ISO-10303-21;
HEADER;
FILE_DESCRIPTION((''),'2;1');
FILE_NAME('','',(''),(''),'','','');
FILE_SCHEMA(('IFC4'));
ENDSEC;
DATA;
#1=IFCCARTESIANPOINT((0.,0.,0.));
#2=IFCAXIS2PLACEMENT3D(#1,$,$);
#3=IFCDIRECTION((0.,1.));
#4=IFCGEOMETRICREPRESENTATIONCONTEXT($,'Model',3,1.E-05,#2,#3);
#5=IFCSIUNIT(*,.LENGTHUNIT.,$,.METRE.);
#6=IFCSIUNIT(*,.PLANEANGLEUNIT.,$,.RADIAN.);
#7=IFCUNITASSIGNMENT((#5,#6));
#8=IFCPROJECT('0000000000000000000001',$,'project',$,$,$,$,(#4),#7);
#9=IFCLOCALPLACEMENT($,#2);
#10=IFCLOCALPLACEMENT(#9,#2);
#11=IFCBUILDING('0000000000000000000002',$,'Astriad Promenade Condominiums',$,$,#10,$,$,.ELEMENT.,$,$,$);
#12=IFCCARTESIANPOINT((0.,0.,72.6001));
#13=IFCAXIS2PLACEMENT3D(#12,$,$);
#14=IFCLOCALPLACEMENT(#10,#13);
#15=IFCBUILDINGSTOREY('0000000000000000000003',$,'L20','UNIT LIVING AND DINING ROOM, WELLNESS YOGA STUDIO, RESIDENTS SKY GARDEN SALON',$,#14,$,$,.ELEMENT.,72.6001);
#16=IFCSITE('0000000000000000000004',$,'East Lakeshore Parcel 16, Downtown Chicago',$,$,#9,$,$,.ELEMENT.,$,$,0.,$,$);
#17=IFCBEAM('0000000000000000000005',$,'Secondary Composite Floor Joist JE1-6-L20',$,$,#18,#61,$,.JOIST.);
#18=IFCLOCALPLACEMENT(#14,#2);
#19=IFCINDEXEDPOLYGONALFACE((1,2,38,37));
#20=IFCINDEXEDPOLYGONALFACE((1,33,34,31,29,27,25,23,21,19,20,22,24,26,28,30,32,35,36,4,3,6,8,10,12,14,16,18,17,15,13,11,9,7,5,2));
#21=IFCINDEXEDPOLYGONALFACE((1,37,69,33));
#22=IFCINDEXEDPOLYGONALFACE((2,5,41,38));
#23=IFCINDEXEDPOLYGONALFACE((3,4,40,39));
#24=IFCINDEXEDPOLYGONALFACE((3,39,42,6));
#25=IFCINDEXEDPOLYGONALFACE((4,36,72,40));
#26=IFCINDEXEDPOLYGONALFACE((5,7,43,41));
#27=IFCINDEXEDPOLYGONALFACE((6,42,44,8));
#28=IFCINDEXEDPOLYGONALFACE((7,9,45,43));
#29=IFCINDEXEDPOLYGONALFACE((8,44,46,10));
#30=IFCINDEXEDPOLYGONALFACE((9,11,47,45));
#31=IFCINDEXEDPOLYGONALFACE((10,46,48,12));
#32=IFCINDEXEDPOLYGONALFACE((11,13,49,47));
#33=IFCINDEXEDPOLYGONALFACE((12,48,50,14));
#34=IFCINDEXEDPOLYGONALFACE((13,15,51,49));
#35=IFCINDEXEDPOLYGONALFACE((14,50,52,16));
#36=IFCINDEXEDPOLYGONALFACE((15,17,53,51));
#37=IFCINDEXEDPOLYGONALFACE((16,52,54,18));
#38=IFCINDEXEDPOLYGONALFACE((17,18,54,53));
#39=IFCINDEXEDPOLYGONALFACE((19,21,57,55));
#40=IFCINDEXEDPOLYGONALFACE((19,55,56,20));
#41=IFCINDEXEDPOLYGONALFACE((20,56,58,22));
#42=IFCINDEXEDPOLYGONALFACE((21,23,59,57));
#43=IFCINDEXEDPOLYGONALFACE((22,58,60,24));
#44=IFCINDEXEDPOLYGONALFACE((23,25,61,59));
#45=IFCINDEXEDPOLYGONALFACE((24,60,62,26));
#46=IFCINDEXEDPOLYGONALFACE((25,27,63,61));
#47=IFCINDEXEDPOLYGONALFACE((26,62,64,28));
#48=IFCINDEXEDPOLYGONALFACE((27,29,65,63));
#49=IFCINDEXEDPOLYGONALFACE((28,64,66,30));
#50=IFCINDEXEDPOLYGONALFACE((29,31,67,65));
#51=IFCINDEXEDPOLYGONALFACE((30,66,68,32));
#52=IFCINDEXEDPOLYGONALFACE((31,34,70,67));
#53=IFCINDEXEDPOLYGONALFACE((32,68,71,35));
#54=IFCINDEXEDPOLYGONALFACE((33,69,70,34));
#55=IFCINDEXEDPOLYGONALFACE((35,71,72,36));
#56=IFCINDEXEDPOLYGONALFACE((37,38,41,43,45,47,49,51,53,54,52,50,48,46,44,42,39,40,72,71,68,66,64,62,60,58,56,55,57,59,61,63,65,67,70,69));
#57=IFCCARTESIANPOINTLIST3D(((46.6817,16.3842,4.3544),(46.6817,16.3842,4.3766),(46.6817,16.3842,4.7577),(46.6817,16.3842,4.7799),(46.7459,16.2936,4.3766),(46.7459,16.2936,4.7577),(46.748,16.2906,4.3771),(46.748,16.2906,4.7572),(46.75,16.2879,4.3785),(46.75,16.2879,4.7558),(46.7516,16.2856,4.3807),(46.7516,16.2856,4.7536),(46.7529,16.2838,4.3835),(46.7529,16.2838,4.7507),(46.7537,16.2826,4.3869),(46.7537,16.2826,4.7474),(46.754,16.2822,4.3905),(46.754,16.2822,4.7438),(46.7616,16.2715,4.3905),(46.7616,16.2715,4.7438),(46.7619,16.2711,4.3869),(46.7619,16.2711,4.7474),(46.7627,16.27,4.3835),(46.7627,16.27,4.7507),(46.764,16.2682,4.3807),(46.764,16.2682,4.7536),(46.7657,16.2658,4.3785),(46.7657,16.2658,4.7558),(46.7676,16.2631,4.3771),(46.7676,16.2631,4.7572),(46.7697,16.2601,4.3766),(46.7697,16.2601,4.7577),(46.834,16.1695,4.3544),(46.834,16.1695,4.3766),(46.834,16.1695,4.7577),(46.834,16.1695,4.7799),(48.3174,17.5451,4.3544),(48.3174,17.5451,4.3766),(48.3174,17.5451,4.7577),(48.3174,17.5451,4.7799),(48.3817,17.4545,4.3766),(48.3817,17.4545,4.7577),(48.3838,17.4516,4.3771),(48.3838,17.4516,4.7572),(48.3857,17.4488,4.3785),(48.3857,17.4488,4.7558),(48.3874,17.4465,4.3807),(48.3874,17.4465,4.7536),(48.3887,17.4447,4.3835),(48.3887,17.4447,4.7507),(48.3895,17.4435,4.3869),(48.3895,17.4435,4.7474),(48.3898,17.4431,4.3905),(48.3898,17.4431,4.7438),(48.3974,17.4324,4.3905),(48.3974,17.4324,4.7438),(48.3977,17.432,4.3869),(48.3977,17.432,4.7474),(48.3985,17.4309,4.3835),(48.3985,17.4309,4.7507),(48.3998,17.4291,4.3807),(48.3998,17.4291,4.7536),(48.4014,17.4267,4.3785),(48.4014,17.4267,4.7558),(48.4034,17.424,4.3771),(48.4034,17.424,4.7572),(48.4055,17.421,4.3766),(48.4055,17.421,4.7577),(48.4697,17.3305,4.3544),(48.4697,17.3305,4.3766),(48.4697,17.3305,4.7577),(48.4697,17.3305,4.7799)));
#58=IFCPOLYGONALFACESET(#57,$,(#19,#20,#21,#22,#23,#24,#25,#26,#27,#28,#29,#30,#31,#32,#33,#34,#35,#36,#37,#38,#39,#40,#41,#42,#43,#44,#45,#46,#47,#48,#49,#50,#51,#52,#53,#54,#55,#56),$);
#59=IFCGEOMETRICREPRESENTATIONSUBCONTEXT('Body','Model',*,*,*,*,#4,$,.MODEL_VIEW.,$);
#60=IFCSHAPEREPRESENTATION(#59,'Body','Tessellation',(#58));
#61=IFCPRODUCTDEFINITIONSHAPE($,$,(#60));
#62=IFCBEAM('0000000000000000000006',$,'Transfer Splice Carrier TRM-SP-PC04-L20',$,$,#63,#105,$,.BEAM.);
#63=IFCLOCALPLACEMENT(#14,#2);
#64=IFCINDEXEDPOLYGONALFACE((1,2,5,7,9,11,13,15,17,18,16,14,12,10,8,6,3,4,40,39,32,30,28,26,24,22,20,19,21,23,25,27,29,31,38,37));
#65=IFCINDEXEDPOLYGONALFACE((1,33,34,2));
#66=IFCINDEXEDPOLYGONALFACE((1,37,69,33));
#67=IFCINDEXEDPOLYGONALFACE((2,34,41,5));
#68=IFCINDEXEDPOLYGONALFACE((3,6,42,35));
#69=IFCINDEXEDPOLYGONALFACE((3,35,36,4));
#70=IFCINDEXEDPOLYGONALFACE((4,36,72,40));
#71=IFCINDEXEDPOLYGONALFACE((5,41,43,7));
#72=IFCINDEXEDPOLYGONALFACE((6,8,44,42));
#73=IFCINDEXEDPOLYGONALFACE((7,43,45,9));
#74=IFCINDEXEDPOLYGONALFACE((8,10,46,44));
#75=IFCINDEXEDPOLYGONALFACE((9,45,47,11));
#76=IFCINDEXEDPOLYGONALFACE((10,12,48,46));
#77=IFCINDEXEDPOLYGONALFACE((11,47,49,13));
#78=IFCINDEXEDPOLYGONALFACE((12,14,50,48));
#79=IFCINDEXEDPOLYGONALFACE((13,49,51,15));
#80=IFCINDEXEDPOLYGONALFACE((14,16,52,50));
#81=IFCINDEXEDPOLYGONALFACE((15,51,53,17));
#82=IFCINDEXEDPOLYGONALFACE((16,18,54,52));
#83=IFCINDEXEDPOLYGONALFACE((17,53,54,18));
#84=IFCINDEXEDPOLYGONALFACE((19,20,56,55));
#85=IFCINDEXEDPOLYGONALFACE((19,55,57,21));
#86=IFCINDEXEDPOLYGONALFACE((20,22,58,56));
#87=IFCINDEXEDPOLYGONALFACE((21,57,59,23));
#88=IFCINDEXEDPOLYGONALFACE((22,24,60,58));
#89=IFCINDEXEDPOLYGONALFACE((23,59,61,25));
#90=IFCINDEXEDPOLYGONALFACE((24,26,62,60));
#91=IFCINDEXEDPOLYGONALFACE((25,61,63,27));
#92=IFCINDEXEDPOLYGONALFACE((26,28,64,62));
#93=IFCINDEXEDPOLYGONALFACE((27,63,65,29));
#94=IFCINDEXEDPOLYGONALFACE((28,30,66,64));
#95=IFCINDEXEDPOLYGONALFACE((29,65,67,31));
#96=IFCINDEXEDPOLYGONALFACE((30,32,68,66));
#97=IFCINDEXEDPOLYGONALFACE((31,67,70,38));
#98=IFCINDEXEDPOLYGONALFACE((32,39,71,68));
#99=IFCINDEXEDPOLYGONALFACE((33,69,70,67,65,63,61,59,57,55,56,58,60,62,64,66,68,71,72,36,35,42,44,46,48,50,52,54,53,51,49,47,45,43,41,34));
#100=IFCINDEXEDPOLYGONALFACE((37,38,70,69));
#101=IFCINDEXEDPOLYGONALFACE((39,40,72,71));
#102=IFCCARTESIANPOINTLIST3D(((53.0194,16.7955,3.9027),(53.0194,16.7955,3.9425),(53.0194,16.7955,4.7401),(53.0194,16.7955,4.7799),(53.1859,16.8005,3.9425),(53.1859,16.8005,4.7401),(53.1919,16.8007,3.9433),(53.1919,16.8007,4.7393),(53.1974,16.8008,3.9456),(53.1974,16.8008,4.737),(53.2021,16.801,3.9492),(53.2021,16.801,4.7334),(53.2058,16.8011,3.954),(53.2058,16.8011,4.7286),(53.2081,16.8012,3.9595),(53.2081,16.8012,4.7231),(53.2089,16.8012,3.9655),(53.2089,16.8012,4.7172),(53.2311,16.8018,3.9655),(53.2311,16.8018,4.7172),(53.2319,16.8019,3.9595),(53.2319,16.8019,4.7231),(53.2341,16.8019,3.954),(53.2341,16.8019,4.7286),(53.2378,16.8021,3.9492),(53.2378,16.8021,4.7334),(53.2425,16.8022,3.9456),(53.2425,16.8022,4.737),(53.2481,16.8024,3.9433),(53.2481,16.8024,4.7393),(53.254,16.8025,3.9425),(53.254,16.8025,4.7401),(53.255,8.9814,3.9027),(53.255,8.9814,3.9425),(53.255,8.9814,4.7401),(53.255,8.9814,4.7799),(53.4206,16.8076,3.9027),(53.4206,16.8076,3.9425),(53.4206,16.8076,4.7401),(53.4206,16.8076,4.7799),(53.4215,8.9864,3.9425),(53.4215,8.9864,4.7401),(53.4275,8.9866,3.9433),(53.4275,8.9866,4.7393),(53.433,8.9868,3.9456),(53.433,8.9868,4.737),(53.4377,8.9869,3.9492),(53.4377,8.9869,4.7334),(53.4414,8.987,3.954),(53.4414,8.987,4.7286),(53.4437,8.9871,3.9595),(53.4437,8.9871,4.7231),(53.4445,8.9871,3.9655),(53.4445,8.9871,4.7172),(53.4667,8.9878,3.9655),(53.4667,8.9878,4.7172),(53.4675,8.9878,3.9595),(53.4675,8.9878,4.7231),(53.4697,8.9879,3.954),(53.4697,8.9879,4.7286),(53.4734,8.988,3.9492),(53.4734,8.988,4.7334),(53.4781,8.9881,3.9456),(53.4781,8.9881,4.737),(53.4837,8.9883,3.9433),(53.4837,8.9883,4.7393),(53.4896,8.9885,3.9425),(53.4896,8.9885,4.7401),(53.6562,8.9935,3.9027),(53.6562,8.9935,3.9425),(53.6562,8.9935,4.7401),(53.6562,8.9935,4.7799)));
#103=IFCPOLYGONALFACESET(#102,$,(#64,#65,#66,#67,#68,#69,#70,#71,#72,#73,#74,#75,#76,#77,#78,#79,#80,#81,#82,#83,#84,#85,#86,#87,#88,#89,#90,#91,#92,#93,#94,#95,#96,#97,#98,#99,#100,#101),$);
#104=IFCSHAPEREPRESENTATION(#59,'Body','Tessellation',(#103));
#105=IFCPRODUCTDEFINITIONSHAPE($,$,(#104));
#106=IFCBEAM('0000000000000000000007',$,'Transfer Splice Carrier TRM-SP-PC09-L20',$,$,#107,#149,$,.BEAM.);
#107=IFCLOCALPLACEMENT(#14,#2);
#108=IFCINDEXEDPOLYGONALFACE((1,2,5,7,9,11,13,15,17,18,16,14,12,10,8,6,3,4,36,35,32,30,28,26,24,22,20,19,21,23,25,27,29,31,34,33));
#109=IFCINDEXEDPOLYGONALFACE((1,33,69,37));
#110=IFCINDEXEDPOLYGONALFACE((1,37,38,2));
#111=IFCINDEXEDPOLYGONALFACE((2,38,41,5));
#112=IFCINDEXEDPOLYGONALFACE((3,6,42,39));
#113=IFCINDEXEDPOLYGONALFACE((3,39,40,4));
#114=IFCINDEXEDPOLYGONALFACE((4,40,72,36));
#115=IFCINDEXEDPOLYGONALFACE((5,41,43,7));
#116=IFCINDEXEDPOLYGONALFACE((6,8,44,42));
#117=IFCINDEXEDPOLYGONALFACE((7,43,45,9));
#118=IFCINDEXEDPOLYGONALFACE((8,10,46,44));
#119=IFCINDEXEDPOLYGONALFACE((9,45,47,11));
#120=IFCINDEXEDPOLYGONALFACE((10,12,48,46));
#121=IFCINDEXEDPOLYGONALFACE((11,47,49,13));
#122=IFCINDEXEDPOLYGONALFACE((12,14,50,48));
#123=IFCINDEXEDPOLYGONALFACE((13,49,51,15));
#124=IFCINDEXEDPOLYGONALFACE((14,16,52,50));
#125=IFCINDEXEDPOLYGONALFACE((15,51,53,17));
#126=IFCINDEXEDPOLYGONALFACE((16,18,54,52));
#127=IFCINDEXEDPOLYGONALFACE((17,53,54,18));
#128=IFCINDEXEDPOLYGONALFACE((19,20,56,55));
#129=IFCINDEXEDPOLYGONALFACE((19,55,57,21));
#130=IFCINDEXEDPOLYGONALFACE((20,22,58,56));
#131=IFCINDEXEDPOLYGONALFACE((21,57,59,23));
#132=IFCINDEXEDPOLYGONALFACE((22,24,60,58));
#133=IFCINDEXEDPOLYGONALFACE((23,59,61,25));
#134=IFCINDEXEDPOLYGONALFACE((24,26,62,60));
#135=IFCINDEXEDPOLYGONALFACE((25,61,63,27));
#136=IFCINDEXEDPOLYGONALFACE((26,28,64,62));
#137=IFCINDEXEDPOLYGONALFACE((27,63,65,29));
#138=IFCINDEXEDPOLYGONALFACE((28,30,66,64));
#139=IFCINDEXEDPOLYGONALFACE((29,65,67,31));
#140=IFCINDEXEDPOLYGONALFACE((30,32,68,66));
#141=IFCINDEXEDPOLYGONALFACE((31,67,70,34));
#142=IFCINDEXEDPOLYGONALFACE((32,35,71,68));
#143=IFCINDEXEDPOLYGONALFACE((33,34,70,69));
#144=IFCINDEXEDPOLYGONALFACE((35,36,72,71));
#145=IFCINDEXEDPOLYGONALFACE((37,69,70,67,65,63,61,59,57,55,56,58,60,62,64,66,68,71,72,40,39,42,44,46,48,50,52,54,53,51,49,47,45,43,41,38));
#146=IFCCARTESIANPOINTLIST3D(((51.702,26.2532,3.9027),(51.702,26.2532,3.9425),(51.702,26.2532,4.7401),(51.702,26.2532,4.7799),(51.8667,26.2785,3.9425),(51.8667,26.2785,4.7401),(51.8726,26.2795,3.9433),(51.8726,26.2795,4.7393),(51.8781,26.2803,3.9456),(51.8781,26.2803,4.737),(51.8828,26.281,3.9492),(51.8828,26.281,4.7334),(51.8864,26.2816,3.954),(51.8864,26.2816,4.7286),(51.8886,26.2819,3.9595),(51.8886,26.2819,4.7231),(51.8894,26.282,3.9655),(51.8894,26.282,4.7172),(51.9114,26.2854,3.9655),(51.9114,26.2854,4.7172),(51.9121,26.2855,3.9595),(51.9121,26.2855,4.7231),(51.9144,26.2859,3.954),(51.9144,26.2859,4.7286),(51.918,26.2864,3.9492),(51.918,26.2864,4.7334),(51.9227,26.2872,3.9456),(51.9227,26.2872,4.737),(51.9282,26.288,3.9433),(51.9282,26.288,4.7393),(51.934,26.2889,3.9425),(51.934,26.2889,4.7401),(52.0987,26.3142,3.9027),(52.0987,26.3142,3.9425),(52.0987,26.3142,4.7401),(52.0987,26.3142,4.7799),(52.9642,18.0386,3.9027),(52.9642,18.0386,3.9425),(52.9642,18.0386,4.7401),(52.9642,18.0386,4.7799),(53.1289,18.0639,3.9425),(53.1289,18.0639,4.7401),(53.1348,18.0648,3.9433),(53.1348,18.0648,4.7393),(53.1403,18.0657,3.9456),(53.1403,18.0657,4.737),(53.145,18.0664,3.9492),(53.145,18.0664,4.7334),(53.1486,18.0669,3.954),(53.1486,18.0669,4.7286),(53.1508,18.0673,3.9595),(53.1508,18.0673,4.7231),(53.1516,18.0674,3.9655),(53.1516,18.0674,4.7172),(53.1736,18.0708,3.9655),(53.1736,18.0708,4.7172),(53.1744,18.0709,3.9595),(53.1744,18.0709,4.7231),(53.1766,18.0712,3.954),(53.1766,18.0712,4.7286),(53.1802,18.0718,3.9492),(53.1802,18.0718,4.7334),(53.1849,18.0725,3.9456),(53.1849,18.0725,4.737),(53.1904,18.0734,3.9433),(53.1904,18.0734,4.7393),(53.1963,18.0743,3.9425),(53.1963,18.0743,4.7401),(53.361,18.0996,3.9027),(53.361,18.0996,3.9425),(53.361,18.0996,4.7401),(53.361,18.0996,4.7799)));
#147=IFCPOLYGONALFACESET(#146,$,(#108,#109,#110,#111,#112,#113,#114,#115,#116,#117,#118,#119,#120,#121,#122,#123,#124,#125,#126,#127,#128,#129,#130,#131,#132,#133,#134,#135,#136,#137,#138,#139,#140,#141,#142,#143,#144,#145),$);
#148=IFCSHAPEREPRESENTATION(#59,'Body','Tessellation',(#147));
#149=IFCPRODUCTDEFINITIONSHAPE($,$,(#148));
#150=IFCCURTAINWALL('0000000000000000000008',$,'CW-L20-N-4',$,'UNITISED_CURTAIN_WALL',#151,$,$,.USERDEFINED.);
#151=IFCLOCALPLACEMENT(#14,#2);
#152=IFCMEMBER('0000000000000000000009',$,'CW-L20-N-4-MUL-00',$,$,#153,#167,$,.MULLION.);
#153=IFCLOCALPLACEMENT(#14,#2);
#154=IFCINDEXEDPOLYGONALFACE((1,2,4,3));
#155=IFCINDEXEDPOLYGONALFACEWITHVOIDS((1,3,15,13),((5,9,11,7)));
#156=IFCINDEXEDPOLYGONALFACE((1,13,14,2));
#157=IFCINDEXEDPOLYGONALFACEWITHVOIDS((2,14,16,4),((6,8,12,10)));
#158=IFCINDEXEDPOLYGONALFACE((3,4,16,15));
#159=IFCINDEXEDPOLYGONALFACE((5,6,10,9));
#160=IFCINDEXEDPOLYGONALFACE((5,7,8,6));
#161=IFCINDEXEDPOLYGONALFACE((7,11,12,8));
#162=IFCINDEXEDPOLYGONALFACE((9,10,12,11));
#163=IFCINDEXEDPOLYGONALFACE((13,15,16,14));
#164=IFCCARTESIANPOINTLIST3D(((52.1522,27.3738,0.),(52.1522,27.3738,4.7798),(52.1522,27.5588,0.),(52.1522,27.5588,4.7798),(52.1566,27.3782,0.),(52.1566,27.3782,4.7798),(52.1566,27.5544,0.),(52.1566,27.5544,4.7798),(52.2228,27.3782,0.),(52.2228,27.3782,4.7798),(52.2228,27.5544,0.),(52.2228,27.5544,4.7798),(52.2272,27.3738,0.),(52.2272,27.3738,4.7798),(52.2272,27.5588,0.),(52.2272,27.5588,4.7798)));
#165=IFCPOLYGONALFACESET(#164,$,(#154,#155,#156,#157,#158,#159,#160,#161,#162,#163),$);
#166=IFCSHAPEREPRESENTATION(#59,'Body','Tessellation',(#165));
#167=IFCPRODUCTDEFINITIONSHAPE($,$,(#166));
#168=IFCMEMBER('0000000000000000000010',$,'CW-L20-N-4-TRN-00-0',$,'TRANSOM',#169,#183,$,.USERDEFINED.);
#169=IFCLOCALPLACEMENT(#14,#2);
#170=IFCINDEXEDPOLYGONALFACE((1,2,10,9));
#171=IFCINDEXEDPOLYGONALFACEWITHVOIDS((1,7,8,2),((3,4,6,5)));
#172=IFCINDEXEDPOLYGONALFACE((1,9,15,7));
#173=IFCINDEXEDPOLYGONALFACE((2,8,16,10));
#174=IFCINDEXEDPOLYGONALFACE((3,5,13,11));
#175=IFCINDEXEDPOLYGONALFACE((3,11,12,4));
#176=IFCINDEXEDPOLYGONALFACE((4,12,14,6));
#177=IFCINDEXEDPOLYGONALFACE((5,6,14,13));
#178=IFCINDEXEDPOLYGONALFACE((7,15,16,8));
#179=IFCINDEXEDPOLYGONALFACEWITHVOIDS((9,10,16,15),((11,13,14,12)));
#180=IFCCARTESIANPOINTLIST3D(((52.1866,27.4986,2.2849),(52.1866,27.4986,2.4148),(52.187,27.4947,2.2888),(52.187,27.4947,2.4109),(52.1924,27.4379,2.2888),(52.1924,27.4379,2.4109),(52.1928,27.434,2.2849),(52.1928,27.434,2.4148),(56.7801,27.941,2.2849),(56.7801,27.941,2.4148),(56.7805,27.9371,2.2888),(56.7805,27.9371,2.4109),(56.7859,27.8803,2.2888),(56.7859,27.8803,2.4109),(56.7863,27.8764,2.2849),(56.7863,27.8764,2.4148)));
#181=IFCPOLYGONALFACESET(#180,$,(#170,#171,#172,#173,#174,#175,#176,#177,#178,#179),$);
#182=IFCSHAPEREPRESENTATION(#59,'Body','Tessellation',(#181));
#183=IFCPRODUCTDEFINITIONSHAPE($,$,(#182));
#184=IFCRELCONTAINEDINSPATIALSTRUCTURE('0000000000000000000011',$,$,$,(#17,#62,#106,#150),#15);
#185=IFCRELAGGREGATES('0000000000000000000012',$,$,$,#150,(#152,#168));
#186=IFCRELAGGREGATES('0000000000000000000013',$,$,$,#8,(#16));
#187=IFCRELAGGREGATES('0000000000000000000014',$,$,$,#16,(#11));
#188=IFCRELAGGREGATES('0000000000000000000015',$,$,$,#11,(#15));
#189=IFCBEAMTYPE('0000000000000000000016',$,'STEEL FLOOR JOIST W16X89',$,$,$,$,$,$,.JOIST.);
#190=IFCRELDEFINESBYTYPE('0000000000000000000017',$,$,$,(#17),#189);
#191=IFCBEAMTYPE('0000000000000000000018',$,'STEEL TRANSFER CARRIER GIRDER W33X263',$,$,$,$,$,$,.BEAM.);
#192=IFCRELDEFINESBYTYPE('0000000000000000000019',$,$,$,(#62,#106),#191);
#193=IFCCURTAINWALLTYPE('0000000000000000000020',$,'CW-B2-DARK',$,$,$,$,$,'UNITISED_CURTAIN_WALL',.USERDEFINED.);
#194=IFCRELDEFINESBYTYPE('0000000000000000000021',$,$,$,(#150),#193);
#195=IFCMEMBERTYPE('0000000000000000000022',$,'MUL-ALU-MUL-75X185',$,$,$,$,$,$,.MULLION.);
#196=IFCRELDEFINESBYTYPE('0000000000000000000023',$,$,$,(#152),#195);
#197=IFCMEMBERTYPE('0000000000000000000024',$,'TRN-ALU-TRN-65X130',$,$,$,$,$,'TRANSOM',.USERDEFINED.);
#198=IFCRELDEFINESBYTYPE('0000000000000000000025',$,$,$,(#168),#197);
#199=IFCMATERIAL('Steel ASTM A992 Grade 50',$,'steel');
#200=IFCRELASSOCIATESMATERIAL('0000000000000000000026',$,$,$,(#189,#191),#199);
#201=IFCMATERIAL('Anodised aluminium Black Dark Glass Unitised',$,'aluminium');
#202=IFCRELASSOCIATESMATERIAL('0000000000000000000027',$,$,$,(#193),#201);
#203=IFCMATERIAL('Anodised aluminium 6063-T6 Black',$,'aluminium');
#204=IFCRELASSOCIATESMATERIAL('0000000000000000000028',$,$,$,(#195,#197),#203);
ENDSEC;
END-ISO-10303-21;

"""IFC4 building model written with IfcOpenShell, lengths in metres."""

from ifc_helpers import new_model, si_unit, direction, frame, origin, origin_2d, place, context, subcontext, project, spatial, hollow_rectangle, i_section, extrude, source, transform, mapped, material, material_profile, profile_set, type_object, type_shapes, element, aggregate, save


model = new_model("IFC4")

# Units and contexts
model_context = context("Model", 3, precision=1e-05, world=origin(), true_north=direction((0.0, 1.0)))
body_context = subcontext(model_context, "Body", "Model", "MODEL_VIEW")
ifc_project = project(units=[si_unit("LENGTHUNIT", "METRE"), si_unit("PLANEANGLEUNIT", "RADIAN")], contexts=[model_context])

# Site, building, storey
site_placement = place(None, origin())
site = spatial("IfcSite", under=ifc_project, at=site_placement, Name="East Lakeshore Parcel 16, Downtown Chicago", CompositionType="ELEMENT", RefElevation=0.0)
building_placement = place(site_placement, origin())
building = spatial("IfcBuilding", under=site, at=building_placement, Name="Astriad Promenade Condominiums", CompositionType="ELEMENT")
storey_placement = place(building_placement, frame((0.0, 0.0, 72.6001)))
storey = spatial("IfcBuildingStorey", under=building, at=storey_placement, Name="L20", Description="UNIT LIVING AND DINING ROOM, WELLNESS YOGA STUDIO, RESIDENTS SKY GARDEN SALON", CompositionType="ELEMENT", Elevation=72.6001)

# Shared definitions
ifc_material_1 = material(Name="Steel ASTM A992 Grade 50", Category="steel")

# Beams
ifc_material_profile_1 = material_profile(ifc_material_1, i_section(OverallWidth=0.2632, OverallDepth=0.4255, WebThickness=0.0132, FlangeThickness=0.0222, FilletRadius=0.0139, at=origin_2d()), Name="W16X89")
ifc_profile_set_1 = profile_set([ifc_material_profile_1], Name="Steel ASTM A992 Grade 50")
beam_type_1 = type_object("IfcBeamType", Name="STEEL FLOOR JOIST W16X89", PredefinedType="JOIST", material=ifc_profile_set_1)
shared_shape_1 = source(origin(), body_context, "Body", "SweptSolid", [
    extrude(i_section(OverallWidth=0.2632, OverallDepth=0.4255, WebThickness=0.0132, FlangeThickness=0.0222, FilletRadius=0.0139, at=origin_2d()), origin(), (0.0, 0.0, 1.0), 2.0059),
])
beam_1_placement = place(storey_placement, frame((46.7578, 16.2769, 4.5671), z_axis=(0.815498, 0.57876, 0.0), x_axis=(-0.57876, 0.815498, 0.0)))
element("IfcBeam", 1, at=beam_1_placement, inside=storey, type_object=beam_type_1, Name="Secondary Composite Floor Joist JE1-6-L20", PredefinedType="JOIST", context=body_context, shape_type="MappedRepresentation", body=[
    mapped(shared_shape_1, transform((0.0, 0.0, 0.0), scale=1.0)),
])
ifc_material_profile_2 = material_profile(ifc_material_1, i_section(OverallWidth=0.4014, OverallDepth=0.8772, WebThickness=0.0222, FlangeThickness=0.0398, FilletRadius=0.0229, at=origin_2d()), Name="W33X263")
ifc_profile_set_2 = profile_set([ifc_material_profile_2], Name="Steel ASTM A992 Grade 50")
beam_type_2 = type_object("IfcBeamType", Name="STEEL TRANSFER CARRIER GIRDER W33X263", PredefinedType="BEAM", material=ifc_profile_set_2)
shared_shape_2 = source(origin(), body_context, "Body", "SweptSolid", [
    extrude(i_section(OverallWidth=0.4014, OverallDepth=0.8772, WebThickness=0.0222, FlangeThickness=0.0398, FilletRadius=0.0229, at=origin_2d()), origin(), (0.0, 0.0, 1.0), 7.8176),
])
beam_2_placement = place(storey_placement, frame((53.22, 16.8015, 4.3413), z_axis=(0.030137, -0.999546, 0.0), x_axis=(0.999546, 0.030137, 0.0)))
element("IfcBeam", 2, at=beam_2_placement, inside=storey, type_object=beam_type_2, Name="Transfer Splice Carrier TRM-SP-PC04-L20", PredefinedType="BEAM", context=body_context, shape_type="MappedRepresentation", body=[
    mapped(shared_shape_2, transform((0.0, 0.0, 0.0), scale=1.0)),
])
shared_shape_3 = source(origin(), body_context, "Body", "SweptSolid", [
    extrude(i_section(OverallWidth=0.4014, OverallDepth=0.8772, WebThickness=0.0222, FlangeThickness=0.0398, FilletRadius=0.0229, at=origin_2d()), origin(), (0.0, 0.0, 1.0), 8.311),
])
type_shapes(beam_type_2, [shared_shape_2, shared_shape_3])
beam_3_placement = place(storey_placement, frame((53.1626, 18.0691, 4.3413), z_axis=(-0.151872, 0.9884, 0.0), x_axis=(-0.9884, -0.151872, 0.0)))
element("IfcBeam", 3, at=beam_3_placement, inside=storey, type_object=beam_type_2, Name="Transfer Splice Carrier TRM-SP-PC09-L20", PredefinedType="BEAM", context=body_context, shape_type="MappedRepresentation", body=[
    mapped(shared_shape_3, transform((0.0, 0.0, 0.0), scale=1.0)),
])

# Curtain wall, members
ifc_material_2 = material(Name="Anodised aluminium Black Dark Glass Unitised", Category="aluminium")
curtain_wall_type = type_object("IfcCurtainWallType", Name="CW-B2-DARK", ElementType="UNITISED_CURTAIN_WALL", PredefinedType="USERDEFINED", material=ifc_material_2)
curtain_wall_placement = place(storey_placement, origin())
curtain_wall = element("IfcCurtainWall", 4, at=curtain_wall_placement, inside=storey, type_object=curtain_wall_type, Name="CW-L20-N-4", ObjectType="UNITISED_CURTAIN_WALL", PredefinedType="USERDEFINED")
ifc_material_3 = material(Name="Anodised aluminium 6063-T6 Black", Category="aluminium")
ifc_material_profile_3 = material_profile(ifc_material_3, hollow_rectangle(XDim=0.075, YDim=0.1851, WallThickness=0.0044, at=origin_2d()), Name="ALU-MUL-75X185")
ifc_profile_set_3 = profile_set([ifc_material_profile_3], Name="Anodised aluminium 6063-T6 Black")
member_type_1 = type_object("IfcMemberType", Name="MUL-ALU-MUL-75X185", PredefinedType="MULLION", material=ifc_profile_set_3)
shared_shape_4 = source(origin(), body_context, "Body", "SweptSolid", [
    extrude(hollow_rectangle(XDim=0.075, YDim=0.1851, WallThickness=0.0044, at=origin_2d()), origin(), (0.0, 0.0, 1.0), 4.7798),
])
type_shapes(member_type_1, [shared_shape_4])
member_1_placement = place(storey_placement, frame((52.1897, 27.4663, 0.0), z_axis=(0.0, 0.0, 1.0), x_axis=(1.0, 0.0, 0.0)))
member_1 = element("IfcMember", 5, at=member_1_placement, type_object=member_type_1, Name="CW-L20-N-4-MUL-00", PredefinedType="MULLION", context=body_context, shape_type="MappedRepresentation", body=[
    mapped(shared_shape_4, transform((0.0, 0.0, 0.0), scale=1.0)),
])
ifc_material_profile_4 = material_profile(ifc_material_3, hollow_rectangle(XDim=0.0649, YDim=0.1299, WallThickness=0.0039, at=origin_2d()), Name="ALU-TRN-65X130")
ifc_profile_set_4 = profile_set([ifc_material_profile_4], Name="Anodised aluminium 6063-T6 Black")
member_type_2 = type_object("IfcMemberType", Name="TRN-ALU-TRN-65X130", ElementType="TRANSOM", PredefinedType="USERDEFINED", material=ifc_profile_set_4)
shared_shape_5 = source(origin(), body_context, "Body", "SweptSolid", [
    extrude(hollow_rectangle(XDim=0.0649, YDim=0.1299, WallThickness=0.0039, at=origin_2d()), origin(), (0.0, 0.0, 1.0), 4.6147),
])
type_shapes(member_type_2, [shared_shape_5])
member_2_placement = place(storey_placement, frame((52.1897, 27.4663, 2.3499), z_axis=(0.995395, 0.095863, 0.0), x_axis=(-0.095863, 0.995395, 0.0)))
member_2 = element("IfcMember", 6, at=member_2_placement, type_object=member_type_2, Name="CW-L20-N-4-TRN-00-0", ObjectType="TRANSOM", PredefinedType="USERDEFINED", context=body_context, shape_type="MappedRepresentation", body=[
    mapped(shared_shape_5, transform((0.0, 0.0, 0.0), scale=1.0)),
])

aggregate(curtain_wall, [member_1, member_2])

save(model, "model.ifc")
